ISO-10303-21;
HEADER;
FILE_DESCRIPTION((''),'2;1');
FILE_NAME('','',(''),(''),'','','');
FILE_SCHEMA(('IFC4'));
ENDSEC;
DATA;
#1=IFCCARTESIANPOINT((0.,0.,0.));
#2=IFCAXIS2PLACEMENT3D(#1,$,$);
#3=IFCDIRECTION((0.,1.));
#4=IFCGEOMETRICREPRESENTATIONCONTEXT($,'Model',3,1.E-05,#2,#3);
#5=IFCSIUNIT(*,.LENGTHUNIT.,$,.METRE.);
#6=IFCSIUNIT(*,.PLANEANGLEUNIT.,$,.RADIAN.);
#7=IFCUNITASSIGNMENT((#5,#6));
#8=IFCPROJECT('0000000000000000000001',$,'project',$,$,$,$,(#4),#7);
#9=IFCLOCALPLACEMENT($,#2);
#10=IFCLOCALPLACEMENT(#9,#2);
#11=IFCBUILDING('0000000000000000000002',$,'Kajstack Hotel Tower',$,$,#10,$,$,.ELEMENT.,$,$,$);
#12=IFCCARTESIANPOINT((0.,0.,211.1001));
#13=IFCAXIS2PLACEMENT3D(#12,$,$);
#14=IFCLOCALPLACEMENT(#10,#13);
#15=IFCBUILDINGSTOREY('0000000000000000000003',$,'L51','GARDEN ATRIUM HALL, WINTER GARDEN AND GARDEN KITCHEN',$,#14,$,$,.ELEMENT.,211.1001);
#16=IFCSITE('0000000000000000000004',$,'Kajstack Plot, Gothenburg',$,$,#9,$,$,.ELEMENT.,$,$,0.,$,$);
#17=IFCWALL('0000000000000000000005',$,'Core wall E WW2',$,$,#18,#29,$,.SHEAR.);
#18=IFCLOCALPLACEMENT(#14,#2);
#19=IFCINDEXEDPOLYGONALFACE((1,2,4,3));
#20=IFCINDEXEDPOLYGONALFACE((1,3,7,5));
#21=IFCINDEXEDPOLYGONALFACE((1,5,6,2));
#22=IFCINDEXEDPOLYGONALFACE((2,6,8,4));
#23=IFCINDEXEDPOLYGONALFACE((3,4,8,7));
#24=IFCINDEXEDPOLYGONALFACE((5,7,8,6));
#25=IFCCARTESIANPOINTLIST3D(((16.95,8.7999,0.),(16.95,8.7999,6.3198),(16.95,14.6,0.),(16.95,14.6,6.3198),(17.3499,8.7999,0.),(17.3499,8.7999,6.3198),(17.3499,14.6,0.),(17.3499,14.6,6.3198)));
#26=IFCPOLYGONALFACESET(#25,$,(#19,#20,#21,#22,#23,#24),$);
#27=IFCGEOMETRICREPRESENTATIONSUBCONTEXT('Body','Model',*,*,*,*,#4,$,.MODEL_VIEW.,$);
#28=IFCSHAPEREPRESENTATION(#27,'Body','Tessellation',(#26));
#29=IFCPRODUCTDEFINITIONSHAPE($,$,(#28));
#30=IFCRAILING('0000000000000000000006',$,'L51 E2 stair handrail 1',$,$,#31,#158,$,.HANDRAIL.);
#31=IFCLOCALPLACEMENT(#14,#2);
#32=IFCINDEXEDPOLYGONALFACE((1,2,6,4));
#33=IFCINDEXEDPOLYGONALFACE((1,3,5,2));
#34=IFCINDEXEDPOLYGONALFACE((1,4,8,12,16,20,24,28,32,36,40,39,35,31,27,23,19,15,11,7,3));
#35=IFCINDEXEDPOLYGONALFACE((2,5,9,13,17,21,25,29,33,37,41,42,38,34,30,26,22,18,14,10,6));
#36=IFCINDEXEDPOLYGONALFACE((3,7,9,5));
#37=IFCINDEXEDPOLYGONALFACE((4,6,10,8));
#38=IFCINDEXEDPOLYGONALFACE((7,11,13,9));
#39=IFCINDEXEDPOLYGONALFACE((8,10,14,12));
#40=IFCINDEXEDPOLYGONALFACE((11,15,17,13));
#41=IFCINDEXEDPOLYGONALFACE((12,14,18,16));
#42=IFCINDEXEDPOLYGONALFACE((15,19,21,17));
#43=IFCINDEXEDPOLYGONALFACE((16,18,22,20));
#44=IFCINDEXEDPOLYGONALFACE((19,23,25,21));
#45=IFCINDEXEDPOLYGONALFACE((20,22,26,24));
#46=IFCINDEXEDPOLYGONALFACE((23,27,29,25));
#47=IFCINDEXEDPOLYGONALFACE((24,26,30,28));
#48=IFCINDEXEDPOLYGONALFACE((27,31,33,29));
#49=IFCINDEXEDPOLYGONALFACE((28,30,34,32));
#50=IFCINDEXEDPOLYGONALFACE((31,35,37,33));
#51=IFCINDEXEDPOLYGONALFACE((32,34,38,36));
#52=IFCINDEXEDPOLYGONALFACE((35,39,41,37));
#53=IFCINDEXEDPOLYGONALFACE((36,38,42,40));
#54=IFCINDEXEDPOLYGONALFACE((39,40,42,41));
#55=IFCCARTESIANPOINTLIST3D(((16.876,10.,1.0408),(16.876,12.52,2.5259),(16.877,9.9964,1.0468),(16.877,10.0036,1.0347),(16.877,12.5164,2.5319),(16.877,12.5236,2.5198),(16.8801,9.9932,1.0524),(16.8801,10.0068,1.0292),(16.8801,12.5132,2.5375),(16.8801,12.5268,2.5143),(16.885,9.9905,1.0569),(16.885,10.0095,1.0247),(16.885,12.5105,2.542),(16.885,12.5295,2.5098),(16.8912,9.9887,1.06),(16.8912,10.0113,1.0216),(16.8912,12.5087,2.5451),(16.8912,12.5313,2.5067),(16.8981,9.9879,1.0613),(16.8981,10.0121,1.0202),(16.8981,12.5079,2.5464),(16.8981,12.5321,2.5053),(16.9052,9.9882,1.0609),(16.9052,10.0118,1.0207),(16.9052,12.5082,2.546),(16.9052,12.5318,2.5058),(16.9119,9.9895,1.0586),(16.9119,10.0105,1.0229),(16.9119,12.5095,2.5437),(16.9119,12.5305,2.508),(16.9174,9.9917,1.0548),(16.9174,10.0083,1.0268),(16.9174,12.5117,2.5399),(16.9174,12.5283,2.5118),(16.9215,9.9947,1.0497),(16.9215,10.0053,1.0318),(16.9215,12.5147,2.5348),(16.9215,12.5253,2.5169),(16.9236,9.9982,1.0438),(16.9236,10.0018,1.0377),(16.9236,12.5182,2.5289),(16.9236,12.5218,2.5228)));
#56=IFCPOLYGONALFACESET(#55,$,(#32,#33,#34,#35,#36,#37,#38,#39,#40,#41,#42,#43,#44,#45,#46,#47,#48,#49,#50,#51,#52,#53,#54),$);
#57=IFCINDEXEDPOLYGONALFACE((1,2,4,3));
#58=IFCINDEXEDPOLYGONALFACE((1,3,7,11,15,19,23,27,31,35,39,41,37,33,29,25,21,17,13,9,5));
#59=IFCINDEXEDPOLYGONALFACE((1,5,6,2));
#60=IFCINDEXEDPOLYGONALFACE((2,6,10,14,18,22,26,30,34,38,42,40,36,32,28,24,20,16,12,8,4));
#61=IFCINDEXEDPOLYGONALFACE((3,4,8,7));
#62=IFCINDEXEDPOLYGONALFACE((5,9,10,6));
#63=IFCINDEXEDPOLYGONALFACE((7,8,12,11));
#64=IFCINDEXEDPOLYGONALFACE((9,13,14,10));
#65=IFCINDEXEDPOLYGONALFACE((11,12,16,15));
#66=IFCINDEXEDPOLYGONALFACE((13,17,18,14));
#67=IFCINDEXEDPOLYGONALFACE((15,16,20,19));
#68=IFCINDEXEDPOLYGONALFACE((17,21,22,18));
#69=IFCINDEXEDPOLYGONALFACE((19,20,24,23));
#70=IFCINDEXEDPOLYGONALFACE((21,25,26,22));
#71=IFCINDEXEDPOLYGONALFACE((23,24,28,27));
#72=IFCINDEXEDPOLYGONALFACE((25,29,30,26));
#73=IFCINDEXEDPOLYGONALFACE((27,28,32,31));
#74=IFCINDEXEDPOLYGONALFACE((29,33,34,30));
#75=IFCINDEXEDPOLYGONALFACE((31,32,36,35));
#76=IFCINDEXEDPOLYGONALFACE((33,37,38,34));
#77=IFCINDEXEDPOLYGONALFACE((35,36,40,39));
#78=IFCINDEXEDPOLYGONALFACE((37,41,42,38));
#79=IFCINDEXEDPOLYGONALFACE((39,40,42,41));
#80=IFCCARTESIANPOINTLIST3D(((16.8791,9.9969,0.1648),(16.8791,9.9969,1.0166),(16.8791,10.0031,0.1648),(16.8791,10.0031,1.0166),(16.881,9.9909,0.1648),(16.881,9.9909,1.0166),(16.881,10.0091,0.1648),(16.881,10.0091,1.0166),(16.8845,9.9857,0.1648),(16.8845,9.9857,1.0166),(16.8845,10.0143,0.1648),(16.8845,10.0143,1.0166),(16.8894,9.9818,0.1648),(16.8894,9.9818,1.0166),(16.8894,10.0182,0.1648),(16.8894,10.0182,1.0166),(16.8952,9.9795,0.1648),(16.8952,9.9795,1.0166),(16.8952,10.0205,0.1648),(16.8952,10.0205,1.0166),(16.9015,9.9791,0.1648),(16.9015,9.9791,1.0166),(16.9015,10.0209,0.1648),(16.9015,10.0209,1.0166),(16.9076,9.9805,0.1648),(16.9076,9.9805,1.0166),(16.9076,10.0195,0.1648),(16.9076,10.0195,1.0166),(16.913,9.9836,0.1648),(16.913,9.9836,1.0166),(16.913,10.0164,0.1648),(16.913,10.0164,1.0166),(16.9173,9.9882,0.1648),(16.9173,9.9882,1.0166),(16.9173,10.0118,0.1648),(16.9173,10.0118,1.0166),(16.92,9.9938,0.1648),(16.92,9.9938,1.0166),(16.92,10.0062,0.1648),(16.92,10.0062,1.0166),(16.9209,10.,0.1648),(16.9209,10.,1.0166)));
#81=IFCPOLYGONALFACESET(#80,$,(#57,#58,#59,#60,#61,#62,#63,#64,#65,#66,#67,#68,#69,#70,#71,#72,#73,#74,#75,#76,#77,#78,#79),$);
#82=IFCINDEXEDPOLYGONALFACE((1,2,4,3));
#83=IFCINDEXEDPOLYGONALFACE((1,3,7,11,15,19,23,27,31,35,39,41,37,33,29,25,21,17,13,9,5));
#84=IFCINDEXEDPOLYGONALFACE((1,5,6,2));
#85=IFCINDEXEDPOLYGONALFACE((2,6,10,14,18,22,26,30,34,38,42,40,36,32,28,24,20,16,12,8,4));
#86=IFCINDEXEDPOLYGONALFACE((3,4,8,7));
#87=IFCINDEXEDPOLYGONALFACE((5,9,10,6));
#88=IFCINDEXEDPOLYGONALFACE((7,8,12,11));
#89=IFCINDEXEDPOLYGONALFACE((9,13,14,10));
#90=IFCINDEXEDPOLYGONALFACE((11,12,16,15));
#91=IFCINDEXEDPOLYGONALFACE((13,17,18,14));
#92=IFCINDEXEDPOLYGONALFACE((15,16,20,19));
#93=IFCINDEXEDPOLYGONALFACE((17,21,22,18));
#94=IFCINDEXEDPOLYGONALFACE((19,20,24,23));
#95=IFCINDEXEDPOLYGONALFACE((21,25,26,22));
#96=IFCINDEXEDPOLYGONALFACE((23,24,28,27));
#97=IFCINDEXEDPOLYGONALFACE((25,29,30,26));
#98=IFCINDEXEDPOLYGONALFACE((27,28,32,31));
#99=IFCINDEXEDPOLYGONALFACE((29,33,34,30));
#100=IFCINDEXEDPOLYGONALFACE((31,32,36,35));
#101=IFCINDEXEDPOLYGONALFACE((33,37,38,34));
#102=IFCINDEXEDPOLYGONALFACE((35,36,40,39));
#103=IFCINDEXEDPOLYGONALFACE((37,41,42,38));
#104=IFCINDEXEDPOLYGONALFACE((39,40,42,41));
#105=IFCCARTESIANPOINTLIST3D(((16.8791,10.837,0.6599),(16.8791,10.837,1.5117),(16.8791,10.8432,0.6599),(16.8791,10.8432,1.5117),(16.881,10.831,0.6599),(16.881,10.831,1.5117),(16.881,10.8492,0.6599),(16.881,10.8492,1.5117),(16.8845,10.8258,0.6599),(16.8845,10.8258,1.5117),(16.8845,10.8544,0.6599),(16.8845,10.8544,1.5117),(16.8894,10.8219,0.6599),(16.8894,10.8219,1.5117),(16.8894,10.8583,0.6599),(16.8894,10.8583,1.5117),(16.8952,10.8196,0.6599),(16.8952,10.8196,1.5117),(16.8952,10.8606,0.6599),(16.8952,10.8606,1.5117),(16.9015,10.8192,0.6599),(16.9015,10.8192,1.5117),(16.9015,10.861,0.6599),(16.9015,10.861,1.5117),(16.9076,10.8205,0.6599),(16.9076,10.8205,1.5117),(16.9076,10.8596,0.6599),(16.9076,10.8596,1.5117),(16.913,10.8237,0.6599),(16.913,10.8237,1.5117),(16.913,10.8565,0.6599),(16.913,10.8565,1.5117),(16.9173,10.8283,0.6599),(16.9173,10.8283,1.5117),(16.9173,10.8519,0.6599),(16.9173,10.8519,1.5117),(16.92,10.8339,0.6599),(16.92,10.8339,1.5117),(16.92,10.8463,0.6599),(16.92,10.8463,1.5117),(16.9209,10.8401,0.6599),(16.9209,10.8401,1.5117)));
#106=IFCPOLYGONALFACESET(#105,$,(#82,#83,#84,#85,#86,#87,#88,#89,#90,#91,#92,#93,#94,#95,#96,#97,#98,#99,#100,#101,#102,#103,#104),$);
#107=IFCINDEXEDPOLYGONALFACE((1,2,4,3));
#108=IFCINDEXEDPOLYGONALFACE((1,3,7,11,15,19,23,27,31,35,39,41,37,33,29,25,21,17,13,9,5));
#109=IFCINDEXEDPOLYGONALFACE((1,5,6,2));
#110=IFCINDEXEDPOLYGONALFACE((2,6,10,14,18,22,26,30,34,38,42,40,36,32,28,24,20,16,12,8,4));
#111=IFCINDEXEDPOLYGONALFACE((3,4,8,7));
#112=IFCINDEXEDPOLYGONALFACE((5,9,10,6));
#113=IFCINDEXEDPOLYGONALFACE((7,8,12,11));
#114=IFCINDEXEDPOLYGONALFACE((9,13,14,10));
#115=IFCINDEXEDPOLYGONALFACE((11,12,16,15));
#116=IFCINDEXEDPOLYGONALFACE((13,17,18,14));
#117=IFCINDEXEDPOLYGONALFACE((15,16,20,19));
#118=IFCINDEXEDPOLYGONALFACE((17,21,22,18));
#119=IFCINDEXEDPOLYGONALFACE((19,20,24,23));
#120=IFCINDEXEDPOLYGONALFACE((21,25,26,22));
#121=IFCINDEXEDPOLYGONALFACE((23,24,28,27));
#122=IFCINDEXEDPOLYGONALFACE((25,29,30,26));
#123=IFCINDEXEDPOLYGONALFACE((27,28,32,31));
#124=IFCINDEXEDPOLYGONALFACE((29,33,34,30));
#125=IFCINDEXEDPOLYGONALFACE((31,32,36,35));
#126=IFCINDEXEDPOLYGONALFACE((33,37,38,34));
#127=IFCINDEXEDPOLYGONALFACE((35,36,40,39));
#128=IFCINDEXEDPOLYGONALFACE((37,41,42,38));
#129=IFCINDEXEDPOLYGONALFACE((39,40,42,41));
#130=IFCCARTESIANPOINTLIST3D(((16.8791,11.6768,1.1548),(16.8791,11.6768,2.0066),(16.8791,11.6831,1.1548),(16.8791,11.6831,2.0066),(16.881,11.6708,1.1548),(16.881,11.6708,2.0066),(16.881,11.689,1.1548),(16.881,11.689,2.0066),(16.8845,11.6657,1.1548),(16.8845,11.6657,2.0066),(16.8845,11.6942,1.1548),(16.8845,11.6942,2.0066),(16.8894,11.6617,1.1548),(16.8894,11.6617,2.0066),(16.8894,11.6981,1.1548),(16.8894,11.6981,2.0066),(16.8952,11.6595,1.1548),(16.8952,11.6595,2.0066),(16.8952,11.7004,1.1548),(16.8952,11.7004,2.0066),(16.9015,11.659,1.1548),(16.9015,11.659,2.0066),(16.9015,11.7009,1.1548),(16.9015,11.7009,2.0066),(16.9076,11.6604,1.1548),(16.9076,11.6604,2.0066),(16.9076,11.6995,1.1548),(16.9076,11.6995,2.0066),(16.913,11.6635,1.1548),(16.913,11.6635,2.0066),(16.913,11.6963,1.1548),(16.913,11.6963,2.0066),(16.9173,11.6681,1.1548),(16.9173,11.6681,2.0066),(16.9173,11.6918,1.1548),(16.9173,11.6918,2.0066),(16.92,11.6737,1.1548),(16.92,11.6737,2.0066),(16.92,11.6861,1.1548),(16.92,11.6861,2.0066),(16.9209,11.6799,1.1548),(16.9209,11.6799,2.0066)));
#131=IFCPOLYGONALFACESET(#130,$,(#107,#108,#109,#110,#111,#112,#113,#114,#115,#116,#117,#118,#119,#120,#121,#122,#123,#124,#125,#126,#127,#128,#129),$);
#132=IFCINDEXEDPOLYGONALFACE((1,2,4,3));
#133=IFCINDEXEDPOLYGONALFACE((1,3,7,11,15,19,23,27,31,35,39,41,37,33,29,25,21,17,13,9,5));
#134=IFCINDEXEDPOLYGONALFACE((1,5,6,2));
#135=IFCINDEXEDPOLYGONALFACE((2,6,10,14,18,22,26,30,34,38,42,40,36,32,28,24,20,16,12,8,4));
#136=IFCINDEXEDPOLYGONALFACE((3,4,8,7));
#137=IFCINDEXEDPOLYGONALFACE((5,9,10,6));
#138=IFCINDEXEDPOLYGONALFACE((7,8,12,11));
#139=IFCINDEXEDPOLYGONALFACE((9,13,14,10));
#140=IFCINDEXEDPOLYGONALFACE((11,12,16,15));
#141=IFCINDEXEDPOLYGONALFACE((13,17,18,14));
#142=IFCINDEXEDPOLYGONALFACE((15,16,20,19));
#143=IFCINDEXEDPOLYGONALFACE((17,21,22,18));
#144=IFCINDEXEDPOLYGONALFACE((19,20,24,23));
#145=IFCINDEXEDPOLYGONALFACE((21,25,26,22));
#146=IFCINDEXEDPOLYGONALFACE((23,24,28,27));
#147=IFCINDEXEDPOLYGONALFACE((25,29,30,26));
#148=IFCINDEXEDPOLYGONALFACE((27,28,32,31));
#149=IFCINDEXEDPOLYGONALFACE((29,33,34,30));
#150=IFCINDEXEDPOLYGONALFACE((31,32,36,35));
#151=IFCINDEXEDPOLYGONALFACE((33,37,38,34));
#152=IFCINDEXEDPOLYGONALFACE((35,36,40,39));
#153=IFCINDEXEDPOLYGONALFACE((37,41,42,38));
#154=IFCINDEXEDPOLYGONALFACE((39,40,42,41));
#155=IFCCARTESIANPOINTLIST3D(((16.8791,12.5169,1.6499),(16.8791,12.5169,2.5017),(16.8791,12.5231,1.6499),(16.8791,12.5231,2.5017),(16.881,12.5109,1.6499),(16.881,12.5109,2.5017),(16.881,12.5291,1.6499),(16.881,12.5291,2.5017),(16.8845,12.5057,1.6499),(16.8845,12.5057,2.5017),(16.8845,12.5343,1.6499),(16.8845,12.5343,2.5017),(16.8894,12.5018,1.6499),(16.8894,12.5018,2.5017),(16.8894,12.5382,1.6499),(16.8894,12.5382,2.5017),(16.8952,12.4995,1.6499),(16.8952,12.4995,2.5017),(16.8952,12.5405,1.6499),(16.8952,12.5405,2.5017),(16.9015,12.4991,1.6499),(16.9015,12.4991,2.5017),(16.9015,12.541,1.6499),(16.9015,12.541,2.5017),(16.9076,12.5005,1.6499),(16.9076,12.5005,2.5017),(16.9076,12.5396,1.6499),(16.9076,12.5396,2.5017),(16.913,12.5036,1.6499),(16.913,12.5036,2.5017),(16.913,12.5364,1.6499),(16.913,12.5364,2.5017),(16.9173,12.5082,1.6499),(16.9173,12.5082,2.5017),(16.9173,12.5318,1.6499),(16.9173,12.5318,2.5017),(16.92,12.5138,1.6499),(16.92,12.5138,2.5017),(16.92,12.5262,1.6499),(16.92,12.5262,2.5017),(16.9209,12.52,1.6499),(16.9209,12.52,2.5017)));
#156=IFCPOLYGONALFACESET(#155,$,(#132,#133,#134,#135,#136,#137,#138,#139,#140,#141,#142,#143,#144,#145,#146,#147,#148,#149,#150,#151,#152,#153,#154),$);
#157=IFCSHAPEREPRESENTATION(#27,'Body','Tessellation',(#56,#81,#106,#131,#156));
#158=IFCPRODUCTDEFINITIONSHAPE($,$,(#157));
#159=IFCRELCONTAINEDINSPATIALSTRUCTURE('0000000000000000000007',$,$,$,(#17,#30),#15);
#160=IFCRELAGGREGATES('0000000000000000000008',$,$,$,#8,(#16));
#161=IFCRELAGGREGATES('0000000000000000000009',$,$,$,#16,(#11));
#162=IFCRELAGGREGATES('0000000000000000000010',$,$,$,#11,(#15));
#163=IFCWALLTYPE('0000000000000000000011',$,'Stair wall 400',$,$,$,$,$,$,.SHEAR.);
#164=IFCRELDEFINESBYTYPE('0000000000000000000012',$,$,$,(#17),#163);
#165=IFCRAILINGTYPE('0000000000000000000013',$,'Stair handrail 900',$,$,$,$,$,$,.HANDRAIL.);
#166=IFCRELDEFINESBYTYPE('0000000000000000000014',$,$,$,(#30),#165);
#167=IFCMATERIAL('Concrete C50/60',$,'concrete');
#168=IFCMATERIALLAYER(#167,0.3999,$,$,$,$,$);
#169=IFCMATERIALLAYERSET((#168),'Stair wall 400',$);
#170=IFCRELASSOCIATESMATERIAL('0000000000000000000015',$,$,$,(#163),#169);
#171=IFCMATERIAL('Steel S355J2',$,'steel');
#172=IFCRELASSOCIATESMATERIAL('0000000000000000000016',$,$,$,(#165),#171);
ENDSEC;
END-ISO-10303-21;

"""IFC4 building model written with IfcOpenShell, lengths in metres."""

from ifc_helpers import new_model, si_unit, direction, frame, frame_2d, origin, origin_2d, place, context, subcontext, project, spatial, rectangle, circle, extrude, material, layer, layer_set, type_object, element, save


model = new_model("IFC4")

# Units and contexts
model_context = context("Model", 3, precision=1e-05, world=origin(), true_north=direction((0.0, 1.0)))
body_context = subcontext(model_context, "Body", "Model", "MODEL_VIEW")
ifc_project = project(units=[si_unit("LENGTHUNIT", "METRE"), si_unit("PLANEANGLEUNIT", "RADIAN")], contexts=[model_context])

# Site, building, storey
site_placement = place(None, origin())
site = spatial("IfcSite", under=ifc_project, at=site_placement, Name="Kajstack Plot, Gothenburg", CompositionType="ELEMENT", RefElevation=0.0)
building_placement = place(site_placement, origin())
building = spatial("IfcBuilding", under=site, at=building_placement, Name="Kajstack Hotel Tower", CompositionType="ELEMENT")
storey_placement = place(building_placement, frame((0.0, 0.0, 211.1001)))
storey = spatial("IfcBuildingStorey", under=building, at=storey_placement, Name="L51", Description="GARDEN ATRIUM HALL, WINTER GARDEN AND GARDEN KITCHEN", CompositionType="ELEMENT", Elevation=211.1001)

# Shared definitions
ifc_material_1 = material(Name="Concrete C50/60", Category="concrete")

# Wall
ifc_layer_1 = layer(ifc_material_1, 0.3999)
ifc_layer_set_1 = layer_set([ifc_layer_1], Name="Stair wall 400")
wall_type_1 = type_object("IfcWallType", Name="Stair wall 400", PredefinedType="SHEAR", material=ifc_layer_set_1)
wall_1_placement = place(storey_placement, frame((17.1499, 8.8, 0.0), z_axis=(0.0, 0.0, 1.0), x_axis=(0.0, 1.0, 0.0)))
element("IfcWall", 1, at=wall_1_placement, inside=storey, type_object=wall_type_1, Name="Core wall E WW2", PredefinedType="SHEAR", context=body_context, shape_type="SweptSolid", body=[
    extrude(rectangle(XDim=5.8, YDim=0.3999, at=frame_2d((2.8999, 0.0))), origin(), (0.0, 0.0, 1.0), 6.3198),
])

# Railing
ifc_material_2 = material(Name="Steel S355J2", Category="steel")
railing_type_1 = type_object("IfcRailingType", Name="Stair handrail 900", PredefinedType="HANDRAIL", material=ifc_material_2)
for number, where, name in (
    (2, (16.8999, 10.0, 0.1648), "L51 E2 stair handrail 1"),
):
    element("IfcRailing", number, at=place(storey_placement, frame(where)), inside=storey, type_object=railing_type_1, Name=name, PredefinedType="HANDRAIL", context=body_context, shape_type="SweptSolid", body=[
        extrude(circle(Radius=0.0239, at=origin_2d()), frame((0.0, 0.0, 0.876), z_axis=(0.0, 0.861524, 0.507717), x_axis=(-1.0, 0.0, 0.0)), (0.0, 0.0, 1.0), 2.925),
        extrude(circle(Radius=0.021, at=origin_2d()), origin(), (0.0, 0.0, 1.0), 0.8518),
        extrude(circle(Radius=0.021, at=origin_2d()), frame((0.0, 0.8401, 0.4951)), (0.0, 0.0, 1.0), 0.8518),
        extrude(circle(Radius=0.021, at=origin_2d()), frame((0.0, 1.6799, 0.99)), (0.0, 0.0, 1.0), 0.8518),
        extrude(circle(Radius=0.021, at=origin_2d()), frame((0.0, 2.52, 1.4851)), (0.0, 0.0, 1.0), 0.8518),
    ])

save(model, "model.ifc")
